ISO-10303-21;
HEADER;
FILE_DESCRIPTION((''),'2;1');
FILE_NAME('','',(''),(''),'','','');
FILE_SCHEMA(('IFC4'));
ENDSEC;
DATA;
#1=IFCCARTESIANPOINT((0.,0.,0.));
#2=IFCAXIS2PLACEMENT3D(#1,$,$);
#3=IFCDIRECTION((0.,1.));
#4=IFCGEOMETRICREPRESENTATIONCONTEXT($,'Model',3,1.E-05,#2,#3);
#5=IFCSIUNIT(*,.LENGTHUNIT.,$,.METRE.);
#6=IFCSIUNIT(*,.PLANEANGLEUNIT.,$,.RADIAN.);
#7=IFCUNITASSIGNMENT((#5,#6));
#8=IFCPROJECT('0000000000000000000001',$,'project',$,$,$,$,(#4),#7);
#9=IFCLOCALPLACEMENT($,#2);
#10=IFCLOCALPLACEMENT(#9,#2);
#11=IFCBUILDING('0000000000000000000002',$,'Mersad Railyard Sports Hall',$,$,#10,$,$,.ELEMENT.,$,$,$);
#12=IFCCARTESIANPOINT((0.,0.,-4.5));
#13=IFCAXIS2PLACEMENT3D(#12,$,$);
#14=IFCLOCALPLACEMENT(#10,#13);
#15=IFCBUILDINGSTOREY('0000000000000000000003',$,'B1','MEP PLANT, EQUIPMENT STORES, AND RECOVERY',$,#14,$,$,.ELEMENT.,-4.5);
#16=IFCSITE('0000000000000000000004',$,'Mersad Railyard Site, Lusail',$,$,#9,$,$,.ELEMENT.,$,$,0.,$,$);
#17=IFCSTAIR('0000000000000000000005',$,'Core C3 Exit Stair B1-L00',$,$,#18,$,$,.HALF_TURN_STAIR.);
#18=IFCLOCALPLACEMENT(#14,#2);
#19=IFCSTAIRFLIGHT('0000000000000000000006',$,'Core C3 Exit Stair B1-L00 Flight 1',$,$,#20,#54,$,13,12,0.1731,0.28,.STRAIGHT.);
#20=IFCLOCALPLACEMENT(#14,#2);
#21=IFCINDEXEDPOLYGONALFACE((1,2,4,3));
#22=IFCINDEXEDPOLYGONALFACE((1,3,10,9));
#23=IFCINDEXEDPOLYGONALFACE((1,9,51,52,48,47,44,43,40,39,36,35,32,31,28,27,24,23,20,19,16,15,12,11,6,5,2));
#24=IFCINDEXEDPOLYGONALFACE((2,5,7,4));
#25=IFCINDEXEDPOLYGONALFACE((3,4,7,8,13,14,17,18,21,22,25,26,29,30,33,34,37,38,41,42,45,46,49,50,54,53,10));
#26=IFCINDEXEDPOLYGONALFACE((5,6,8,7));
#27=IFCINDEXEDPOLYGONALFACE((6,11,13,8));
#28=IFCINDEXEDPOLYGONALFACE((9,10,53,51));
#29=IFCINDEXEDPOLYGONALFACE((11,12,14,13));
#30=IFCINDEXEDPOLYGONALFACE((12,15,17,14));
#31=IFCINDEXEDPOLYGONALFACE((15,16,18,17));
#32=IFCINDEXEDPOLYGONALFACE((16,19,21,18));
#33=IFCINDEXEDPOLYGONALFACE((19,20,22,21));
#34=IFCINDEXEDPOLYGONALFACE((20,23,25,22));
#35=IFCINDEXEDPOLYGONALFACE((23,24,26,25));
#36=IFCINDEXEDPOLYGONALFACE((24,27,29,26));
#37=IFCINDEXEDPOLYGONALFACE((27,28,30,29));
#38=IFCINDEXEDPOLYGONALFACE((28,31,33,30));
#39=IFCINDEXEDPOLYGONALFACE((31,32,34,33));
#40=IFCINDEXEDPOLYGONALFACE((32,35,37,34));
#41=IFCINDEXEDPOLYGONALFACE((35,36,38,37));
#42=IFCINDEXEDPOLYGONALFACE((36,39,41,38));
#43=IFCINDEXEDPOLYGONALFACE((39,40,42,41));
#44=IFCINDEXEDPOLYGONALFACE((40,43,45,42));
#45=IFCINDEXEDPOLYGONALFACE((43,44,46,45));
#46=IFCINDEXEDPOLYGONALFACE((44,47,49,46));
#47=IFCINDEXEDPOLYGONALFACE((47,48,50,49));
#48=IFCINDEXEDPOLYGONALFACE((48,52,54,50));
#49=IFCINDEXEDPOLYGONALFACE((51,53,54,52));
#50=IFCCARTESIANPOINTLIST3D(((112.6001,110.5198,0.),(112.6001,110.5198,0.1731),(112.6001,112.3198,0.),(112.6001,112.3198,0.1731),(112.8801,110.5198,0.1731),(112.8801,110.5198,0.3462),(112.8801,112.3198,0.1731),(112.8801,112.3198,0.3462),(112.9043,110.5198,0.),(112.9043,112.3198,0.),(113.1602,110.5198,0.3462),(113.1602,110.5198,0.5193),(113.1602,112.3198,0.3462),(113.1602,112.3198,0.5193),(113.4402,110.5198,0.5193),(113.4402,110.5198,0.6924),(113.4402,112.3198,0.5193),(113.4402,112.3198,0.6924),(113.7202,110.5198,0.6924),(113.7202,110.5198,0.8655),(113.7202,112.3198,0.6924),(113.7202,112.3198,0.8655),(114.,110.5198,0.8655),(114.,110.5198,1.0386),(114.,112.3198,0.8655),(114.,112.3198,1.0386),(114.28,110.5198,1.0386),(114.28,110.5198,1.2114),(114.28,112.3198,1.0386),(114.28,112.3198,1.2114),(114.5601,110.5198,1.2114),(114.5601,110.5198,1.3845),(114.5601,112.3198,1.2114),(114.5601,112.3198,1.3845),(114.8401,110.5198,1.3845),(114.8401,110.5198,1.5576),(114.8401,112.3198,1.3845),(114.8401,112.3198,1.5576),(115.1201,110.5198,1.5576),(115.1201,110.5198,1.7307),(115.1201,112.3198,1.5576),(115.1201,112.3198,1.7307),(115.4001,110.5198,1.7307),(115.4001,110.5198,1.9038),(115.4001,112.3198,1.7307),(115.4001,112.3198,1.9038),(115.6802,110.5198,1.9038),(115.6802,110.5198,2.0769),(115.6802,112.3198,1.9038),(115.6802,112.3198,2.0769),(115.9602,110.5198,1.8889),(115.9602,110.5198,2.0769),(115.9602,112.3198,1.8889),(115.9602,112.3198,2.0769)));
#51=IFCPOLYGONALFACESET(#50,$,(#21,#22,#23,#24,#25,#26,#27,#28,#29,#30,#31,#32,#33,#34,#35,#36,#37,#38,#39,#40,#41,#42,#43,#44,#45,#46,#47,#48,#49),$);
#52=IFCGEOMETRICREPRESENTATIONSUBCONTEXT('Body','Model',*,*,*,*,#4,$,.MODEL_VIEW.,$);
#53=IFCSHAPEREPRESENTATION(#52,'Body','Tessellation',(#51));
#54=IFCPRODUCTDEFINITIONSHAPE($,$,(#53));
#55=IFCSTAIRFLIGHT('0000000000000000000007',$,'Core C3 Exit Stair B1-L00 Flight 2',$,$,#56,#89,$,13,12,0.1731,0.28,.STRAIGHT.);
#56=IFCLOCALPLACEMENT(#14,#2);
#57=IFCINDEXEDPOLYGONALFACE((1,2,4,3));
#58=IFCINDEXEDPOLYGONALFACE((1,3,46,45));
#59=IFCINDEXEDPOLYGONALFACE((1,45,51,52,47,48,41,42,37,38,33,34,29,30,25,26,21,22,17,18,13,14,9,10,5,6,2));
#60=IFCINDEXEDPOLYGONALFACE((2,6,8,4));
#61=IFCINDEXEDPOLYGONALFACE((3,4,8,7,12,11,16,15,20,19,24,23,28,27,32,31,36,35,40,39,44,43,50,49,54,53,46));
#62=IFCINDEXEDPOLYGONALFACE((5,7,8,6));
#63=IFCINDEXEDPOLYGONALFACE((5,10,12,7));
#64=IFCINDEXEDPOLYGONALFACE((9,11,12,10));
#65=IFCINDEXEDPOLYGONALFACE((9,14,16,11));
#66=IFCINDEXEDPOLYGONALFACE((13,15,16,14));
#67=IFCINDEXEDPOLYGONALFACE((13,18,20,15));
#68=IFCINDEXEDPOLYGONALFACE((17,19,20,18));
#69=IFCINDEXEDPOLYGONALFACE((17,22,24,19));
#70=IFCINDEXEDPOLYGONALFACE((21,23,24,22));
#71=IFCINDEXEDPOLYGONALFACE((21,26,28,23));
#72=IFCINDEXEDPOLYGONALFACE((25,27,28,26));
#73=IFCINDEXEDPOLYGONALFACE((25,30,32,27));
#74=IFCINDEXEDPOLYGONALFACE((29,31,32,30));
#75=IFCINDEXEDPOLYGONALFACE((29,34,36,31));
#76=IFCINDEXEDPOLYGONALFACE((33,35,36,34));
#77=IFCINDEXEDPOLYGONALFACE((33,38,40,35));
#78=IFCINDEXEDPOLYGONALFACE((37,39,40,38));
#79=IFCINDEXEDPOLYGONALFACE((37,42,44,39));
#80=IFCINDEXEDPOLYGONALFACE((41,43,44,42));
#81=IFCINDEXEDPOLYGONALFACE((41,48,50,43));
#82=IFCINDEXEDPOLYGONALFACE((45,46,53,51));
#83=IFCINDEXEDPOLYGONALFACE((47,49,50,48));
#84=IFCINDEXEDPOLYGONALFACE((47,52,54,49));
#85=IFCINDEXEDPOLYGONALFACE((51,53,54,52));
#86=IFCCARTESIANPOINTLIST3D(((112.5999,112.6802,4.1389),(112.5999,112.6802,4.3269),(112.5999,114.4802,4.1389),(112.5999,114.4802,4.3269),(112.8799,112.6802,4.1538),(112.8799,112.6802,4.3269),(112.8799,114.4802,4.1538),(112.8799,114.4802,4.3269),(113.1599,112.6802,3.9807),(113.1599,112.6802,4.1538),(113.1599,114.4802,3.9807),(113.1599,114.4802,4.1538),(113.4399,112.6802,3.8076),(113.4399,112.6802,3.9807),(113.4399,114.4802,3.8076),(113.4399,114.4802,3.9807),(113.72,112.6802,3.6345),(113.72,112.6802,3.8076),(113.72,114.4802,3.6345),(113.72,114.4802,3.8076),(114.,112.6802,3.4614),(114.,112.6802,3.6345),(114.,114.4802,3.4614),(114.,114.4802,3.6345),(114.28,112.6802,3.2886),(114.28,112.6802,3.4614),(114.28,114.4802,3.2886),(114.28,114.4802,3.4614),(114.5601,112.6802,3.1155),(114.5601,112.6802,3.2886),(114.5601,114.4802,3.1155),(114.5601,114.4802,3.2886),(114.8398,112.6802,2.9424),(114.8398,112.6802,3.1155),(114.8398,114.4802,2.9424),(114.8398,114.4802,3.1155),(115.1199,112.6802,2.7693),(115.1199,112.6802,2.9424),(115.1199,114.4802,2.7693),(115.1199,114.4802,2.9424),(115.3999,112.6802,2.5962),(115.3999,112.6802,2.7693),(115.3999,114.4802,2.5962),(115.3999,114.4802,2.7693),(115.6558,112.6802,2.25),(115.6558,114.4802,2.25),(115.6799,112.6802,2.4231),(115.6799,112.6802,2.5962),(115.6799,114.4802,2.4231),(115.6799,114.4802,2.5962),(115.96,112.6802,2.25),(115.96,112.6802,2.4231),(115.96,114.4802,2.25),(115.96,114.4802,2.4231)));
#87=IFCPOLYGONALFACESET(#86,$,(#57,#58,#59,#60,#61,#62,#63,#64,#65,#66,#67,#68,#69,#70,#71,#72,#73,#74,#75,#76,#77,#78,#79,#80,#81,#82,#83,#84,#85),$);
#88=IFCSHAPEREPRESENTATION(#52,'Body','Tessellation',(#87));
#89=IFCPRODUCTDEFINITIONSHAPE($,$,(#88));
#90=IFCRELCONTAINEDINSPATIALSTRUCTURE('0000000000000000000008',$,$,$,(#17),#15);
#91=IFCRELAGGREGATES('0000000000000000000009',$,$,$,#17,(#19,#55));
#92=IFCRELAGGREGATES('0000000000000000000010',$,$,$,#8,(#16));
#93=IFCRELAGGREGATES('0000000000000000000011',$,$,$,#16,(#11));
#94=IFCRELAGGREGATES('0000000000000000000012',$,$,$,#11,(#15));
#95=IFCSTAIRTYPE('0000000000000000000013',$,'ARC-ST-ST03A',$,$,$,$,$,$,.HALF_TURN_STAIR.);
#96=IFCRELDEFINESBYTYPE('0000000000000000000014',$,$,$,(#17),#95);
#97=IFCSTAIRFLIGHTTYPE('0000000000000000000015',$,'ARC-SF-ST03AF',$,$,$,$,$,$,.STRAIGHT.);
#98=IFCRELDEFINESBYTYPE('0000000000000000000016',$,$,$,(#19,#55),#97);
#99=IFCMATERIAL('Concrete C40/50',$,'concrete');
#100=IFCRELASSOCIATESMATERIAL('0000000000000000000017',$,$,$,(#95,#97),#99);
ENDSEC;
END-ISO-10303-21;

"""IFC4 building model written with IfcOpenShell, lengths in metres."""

from ifc_helpers import new_model, si_unit, direction, frame, origin, place, context, subcontext, project, spatial, polyline, outline, extrude, material, type_object, element, aggregate, save


model = new_model("IFC4")

# Units and contexts
model_context = context("Model", 3, precision=1e-05, world=origin(), true_north=direction((0.0, 1.0)))
body_context = subcontext(model_context, "Body", "Model", "MODEL_VIEW")
ifc_project = project(units=[si_unit("LENGTHUNIT", "METRE"), si_unit("PLANEANGLEUNIT", "RADIAN")], contexts=[model_context])

# Site, building, storey
site_placement = place(None, origin())
site = spatial("IfcSite", under=ifc_project, at=site_placement, Name="Mersad Railyard Site, Lusail", CompositionType="ELEMENT", RefElevation=0.0)
building_placement = place(site_placement, origin())
building = spatial("IfcBuilding", under=site, at=building_placement, Name="Mersad Railyard Sports Hall", CompositionType="ELEMENT")
storey_placement = place(building_placement, frame((0.0, 0.0, -4.5)))
storey = spatial("IfcBuildingStorey", under=building, at=storey_placement, Name="B1", Description="MEP PLANT, EQUIPMENT STORES, AND RECOVERY", CompositionType="ELEMENT", Elevation=-4.5)

# Shared definitions
ifc_material_1 = material(Name="Concrete C40/50", Category="concrete")

# Stair, stair flights
stair_type = type_object("IfcStairType", Name="ARC-ST-ST03A", PredefinedType="HALF_TURN_STAIR", material=ifc_material_1)
stair_placement = place(storey_placement, origin())
stair = element("IfcStair", 1, at=stair_placement, inside=storey, type_object=stair_type, Name="Core C3 Exit Stair B1-L00", PredefinedType="HALF_TURN_STAIR")
stair_flight_type = type_object("IfcStairFlightType", Name="ARC-SF-ST03AF", PredefinedType="STRAIGHT", material=ifc_material_1)
stair_flight_1_placement = place(storey_placement, frame((112.6001, 111.4199, 0.0), z_axis=(0.0, 0.0, 1.0), x_axis=(1.0, 0.0, 0.0)))
stair_flight_1 = element("IfcStairFlight", 2, at=stair_flight_1_placement, type_object=stair_flight_type, Name="Core C3 Exit Stair B1-L00 Flight 1", NumberOfRisers=13, NumberOfTreads=12, PredefinedType="STRAIGHT", RiserHeight=0.1731, TreadLength=0.28, context=body_context, shape_type="SweptSolid", body=[
    extrude(outline(polyline([(0.0, 0.0), (0.0, 0.1731), (0.28, 0.1731), (0.28, 0.3462), (0.5601, 0.3462), (0.5601, 0.5193), (0.8401, 0.5193), (0.8401, 0.6924), (1.1201, 0.6924), (1.1201, 0.8655), (1.3999, 0.8655), (1.3999, 1.0386), (1.6799, 1.0386), (1.6799, 1.2114), (1.96, 1.2114), (1.96, 1.3845), (2.24, 1.3845), (2.24, 1.5576), (2.52, 1.5576), (2.52, 1.7307), (2.8, 1.7307), (2.8, 1.9038), (3.0801, 1.9038), (3.0801, 2.0769), (3.3601, 2.0769), (3.3601, 2.25), (3.3601, 1.8889), (0.3042, 0.0), (0.0, 0.0)])), frame((0.0, 0.8999, 0.0), z_axis=(0.0, -1.0, 0.0), x_axis=(1.0, 0.0, 0.0)), (0.0, 0.0, 1.0), 1.8),
])
stair_flight_2_placement = place(storey_placement, frame((115.96, 113.5801, 2.25), z_axis=(0.0, 0.0, 1.0), x_axis=(-1.0, 0.0, 0.0)))
stair_flight_2 = element("IfcStairFlight", 3, at=stair_flight_2_placement, type_object=stair_flight_type, Name="Core C3 Exit Stair B1-L00 Flight 2", NumberOfRisers=13, NumberOfTreads=12, PredefinedType="STRAIGHT", RiserHeight=0.1731, TreadLength=0.28, context=body_context, shape_type="SweptSolid", body=[
    extrude(outline(polyline([(0.0, 0.0), (0.0, 0.1731), (0.28, 0.1731), (0.28, 0.3462), (0.5601, 0.3462), (0.5601, 0.5193), (0.8401, 0.5193), (0.8401, 0.6924), (1.1201, 0.6924), (1.1201, 0.8655), (1.3999, 0.8655), (1.3999, 1.0386), (1.6799, 1.0386), (1.6799, 1.2114), (1.96, 1.2114), (1.96, 1.3845), (2.24, 1.3845), (2.24, 1.5576), (2.52, 1.5576), (2.52, 1.7307), (2.8, 1.7307), (2.8, 1.9038), (3.0801, 1.9038), (3.0801, 2.0769), (3.3601, 2.0769), (3.3601, 2.25), (3.3601, 1.8889), (0.3042, 0.0), (0.0, 0.0)])), frame((0.0, 0.8999, 0.0), z_axis=(0.0, -1.0, 0.0), x_axis=(1.0, 0.0, 0.0)), (0.0, 0.0, 1.0), 1.8),
])
aggregate(stair, [stair_flight_1, stair_flight_2])

save(model, "model.ifc")
